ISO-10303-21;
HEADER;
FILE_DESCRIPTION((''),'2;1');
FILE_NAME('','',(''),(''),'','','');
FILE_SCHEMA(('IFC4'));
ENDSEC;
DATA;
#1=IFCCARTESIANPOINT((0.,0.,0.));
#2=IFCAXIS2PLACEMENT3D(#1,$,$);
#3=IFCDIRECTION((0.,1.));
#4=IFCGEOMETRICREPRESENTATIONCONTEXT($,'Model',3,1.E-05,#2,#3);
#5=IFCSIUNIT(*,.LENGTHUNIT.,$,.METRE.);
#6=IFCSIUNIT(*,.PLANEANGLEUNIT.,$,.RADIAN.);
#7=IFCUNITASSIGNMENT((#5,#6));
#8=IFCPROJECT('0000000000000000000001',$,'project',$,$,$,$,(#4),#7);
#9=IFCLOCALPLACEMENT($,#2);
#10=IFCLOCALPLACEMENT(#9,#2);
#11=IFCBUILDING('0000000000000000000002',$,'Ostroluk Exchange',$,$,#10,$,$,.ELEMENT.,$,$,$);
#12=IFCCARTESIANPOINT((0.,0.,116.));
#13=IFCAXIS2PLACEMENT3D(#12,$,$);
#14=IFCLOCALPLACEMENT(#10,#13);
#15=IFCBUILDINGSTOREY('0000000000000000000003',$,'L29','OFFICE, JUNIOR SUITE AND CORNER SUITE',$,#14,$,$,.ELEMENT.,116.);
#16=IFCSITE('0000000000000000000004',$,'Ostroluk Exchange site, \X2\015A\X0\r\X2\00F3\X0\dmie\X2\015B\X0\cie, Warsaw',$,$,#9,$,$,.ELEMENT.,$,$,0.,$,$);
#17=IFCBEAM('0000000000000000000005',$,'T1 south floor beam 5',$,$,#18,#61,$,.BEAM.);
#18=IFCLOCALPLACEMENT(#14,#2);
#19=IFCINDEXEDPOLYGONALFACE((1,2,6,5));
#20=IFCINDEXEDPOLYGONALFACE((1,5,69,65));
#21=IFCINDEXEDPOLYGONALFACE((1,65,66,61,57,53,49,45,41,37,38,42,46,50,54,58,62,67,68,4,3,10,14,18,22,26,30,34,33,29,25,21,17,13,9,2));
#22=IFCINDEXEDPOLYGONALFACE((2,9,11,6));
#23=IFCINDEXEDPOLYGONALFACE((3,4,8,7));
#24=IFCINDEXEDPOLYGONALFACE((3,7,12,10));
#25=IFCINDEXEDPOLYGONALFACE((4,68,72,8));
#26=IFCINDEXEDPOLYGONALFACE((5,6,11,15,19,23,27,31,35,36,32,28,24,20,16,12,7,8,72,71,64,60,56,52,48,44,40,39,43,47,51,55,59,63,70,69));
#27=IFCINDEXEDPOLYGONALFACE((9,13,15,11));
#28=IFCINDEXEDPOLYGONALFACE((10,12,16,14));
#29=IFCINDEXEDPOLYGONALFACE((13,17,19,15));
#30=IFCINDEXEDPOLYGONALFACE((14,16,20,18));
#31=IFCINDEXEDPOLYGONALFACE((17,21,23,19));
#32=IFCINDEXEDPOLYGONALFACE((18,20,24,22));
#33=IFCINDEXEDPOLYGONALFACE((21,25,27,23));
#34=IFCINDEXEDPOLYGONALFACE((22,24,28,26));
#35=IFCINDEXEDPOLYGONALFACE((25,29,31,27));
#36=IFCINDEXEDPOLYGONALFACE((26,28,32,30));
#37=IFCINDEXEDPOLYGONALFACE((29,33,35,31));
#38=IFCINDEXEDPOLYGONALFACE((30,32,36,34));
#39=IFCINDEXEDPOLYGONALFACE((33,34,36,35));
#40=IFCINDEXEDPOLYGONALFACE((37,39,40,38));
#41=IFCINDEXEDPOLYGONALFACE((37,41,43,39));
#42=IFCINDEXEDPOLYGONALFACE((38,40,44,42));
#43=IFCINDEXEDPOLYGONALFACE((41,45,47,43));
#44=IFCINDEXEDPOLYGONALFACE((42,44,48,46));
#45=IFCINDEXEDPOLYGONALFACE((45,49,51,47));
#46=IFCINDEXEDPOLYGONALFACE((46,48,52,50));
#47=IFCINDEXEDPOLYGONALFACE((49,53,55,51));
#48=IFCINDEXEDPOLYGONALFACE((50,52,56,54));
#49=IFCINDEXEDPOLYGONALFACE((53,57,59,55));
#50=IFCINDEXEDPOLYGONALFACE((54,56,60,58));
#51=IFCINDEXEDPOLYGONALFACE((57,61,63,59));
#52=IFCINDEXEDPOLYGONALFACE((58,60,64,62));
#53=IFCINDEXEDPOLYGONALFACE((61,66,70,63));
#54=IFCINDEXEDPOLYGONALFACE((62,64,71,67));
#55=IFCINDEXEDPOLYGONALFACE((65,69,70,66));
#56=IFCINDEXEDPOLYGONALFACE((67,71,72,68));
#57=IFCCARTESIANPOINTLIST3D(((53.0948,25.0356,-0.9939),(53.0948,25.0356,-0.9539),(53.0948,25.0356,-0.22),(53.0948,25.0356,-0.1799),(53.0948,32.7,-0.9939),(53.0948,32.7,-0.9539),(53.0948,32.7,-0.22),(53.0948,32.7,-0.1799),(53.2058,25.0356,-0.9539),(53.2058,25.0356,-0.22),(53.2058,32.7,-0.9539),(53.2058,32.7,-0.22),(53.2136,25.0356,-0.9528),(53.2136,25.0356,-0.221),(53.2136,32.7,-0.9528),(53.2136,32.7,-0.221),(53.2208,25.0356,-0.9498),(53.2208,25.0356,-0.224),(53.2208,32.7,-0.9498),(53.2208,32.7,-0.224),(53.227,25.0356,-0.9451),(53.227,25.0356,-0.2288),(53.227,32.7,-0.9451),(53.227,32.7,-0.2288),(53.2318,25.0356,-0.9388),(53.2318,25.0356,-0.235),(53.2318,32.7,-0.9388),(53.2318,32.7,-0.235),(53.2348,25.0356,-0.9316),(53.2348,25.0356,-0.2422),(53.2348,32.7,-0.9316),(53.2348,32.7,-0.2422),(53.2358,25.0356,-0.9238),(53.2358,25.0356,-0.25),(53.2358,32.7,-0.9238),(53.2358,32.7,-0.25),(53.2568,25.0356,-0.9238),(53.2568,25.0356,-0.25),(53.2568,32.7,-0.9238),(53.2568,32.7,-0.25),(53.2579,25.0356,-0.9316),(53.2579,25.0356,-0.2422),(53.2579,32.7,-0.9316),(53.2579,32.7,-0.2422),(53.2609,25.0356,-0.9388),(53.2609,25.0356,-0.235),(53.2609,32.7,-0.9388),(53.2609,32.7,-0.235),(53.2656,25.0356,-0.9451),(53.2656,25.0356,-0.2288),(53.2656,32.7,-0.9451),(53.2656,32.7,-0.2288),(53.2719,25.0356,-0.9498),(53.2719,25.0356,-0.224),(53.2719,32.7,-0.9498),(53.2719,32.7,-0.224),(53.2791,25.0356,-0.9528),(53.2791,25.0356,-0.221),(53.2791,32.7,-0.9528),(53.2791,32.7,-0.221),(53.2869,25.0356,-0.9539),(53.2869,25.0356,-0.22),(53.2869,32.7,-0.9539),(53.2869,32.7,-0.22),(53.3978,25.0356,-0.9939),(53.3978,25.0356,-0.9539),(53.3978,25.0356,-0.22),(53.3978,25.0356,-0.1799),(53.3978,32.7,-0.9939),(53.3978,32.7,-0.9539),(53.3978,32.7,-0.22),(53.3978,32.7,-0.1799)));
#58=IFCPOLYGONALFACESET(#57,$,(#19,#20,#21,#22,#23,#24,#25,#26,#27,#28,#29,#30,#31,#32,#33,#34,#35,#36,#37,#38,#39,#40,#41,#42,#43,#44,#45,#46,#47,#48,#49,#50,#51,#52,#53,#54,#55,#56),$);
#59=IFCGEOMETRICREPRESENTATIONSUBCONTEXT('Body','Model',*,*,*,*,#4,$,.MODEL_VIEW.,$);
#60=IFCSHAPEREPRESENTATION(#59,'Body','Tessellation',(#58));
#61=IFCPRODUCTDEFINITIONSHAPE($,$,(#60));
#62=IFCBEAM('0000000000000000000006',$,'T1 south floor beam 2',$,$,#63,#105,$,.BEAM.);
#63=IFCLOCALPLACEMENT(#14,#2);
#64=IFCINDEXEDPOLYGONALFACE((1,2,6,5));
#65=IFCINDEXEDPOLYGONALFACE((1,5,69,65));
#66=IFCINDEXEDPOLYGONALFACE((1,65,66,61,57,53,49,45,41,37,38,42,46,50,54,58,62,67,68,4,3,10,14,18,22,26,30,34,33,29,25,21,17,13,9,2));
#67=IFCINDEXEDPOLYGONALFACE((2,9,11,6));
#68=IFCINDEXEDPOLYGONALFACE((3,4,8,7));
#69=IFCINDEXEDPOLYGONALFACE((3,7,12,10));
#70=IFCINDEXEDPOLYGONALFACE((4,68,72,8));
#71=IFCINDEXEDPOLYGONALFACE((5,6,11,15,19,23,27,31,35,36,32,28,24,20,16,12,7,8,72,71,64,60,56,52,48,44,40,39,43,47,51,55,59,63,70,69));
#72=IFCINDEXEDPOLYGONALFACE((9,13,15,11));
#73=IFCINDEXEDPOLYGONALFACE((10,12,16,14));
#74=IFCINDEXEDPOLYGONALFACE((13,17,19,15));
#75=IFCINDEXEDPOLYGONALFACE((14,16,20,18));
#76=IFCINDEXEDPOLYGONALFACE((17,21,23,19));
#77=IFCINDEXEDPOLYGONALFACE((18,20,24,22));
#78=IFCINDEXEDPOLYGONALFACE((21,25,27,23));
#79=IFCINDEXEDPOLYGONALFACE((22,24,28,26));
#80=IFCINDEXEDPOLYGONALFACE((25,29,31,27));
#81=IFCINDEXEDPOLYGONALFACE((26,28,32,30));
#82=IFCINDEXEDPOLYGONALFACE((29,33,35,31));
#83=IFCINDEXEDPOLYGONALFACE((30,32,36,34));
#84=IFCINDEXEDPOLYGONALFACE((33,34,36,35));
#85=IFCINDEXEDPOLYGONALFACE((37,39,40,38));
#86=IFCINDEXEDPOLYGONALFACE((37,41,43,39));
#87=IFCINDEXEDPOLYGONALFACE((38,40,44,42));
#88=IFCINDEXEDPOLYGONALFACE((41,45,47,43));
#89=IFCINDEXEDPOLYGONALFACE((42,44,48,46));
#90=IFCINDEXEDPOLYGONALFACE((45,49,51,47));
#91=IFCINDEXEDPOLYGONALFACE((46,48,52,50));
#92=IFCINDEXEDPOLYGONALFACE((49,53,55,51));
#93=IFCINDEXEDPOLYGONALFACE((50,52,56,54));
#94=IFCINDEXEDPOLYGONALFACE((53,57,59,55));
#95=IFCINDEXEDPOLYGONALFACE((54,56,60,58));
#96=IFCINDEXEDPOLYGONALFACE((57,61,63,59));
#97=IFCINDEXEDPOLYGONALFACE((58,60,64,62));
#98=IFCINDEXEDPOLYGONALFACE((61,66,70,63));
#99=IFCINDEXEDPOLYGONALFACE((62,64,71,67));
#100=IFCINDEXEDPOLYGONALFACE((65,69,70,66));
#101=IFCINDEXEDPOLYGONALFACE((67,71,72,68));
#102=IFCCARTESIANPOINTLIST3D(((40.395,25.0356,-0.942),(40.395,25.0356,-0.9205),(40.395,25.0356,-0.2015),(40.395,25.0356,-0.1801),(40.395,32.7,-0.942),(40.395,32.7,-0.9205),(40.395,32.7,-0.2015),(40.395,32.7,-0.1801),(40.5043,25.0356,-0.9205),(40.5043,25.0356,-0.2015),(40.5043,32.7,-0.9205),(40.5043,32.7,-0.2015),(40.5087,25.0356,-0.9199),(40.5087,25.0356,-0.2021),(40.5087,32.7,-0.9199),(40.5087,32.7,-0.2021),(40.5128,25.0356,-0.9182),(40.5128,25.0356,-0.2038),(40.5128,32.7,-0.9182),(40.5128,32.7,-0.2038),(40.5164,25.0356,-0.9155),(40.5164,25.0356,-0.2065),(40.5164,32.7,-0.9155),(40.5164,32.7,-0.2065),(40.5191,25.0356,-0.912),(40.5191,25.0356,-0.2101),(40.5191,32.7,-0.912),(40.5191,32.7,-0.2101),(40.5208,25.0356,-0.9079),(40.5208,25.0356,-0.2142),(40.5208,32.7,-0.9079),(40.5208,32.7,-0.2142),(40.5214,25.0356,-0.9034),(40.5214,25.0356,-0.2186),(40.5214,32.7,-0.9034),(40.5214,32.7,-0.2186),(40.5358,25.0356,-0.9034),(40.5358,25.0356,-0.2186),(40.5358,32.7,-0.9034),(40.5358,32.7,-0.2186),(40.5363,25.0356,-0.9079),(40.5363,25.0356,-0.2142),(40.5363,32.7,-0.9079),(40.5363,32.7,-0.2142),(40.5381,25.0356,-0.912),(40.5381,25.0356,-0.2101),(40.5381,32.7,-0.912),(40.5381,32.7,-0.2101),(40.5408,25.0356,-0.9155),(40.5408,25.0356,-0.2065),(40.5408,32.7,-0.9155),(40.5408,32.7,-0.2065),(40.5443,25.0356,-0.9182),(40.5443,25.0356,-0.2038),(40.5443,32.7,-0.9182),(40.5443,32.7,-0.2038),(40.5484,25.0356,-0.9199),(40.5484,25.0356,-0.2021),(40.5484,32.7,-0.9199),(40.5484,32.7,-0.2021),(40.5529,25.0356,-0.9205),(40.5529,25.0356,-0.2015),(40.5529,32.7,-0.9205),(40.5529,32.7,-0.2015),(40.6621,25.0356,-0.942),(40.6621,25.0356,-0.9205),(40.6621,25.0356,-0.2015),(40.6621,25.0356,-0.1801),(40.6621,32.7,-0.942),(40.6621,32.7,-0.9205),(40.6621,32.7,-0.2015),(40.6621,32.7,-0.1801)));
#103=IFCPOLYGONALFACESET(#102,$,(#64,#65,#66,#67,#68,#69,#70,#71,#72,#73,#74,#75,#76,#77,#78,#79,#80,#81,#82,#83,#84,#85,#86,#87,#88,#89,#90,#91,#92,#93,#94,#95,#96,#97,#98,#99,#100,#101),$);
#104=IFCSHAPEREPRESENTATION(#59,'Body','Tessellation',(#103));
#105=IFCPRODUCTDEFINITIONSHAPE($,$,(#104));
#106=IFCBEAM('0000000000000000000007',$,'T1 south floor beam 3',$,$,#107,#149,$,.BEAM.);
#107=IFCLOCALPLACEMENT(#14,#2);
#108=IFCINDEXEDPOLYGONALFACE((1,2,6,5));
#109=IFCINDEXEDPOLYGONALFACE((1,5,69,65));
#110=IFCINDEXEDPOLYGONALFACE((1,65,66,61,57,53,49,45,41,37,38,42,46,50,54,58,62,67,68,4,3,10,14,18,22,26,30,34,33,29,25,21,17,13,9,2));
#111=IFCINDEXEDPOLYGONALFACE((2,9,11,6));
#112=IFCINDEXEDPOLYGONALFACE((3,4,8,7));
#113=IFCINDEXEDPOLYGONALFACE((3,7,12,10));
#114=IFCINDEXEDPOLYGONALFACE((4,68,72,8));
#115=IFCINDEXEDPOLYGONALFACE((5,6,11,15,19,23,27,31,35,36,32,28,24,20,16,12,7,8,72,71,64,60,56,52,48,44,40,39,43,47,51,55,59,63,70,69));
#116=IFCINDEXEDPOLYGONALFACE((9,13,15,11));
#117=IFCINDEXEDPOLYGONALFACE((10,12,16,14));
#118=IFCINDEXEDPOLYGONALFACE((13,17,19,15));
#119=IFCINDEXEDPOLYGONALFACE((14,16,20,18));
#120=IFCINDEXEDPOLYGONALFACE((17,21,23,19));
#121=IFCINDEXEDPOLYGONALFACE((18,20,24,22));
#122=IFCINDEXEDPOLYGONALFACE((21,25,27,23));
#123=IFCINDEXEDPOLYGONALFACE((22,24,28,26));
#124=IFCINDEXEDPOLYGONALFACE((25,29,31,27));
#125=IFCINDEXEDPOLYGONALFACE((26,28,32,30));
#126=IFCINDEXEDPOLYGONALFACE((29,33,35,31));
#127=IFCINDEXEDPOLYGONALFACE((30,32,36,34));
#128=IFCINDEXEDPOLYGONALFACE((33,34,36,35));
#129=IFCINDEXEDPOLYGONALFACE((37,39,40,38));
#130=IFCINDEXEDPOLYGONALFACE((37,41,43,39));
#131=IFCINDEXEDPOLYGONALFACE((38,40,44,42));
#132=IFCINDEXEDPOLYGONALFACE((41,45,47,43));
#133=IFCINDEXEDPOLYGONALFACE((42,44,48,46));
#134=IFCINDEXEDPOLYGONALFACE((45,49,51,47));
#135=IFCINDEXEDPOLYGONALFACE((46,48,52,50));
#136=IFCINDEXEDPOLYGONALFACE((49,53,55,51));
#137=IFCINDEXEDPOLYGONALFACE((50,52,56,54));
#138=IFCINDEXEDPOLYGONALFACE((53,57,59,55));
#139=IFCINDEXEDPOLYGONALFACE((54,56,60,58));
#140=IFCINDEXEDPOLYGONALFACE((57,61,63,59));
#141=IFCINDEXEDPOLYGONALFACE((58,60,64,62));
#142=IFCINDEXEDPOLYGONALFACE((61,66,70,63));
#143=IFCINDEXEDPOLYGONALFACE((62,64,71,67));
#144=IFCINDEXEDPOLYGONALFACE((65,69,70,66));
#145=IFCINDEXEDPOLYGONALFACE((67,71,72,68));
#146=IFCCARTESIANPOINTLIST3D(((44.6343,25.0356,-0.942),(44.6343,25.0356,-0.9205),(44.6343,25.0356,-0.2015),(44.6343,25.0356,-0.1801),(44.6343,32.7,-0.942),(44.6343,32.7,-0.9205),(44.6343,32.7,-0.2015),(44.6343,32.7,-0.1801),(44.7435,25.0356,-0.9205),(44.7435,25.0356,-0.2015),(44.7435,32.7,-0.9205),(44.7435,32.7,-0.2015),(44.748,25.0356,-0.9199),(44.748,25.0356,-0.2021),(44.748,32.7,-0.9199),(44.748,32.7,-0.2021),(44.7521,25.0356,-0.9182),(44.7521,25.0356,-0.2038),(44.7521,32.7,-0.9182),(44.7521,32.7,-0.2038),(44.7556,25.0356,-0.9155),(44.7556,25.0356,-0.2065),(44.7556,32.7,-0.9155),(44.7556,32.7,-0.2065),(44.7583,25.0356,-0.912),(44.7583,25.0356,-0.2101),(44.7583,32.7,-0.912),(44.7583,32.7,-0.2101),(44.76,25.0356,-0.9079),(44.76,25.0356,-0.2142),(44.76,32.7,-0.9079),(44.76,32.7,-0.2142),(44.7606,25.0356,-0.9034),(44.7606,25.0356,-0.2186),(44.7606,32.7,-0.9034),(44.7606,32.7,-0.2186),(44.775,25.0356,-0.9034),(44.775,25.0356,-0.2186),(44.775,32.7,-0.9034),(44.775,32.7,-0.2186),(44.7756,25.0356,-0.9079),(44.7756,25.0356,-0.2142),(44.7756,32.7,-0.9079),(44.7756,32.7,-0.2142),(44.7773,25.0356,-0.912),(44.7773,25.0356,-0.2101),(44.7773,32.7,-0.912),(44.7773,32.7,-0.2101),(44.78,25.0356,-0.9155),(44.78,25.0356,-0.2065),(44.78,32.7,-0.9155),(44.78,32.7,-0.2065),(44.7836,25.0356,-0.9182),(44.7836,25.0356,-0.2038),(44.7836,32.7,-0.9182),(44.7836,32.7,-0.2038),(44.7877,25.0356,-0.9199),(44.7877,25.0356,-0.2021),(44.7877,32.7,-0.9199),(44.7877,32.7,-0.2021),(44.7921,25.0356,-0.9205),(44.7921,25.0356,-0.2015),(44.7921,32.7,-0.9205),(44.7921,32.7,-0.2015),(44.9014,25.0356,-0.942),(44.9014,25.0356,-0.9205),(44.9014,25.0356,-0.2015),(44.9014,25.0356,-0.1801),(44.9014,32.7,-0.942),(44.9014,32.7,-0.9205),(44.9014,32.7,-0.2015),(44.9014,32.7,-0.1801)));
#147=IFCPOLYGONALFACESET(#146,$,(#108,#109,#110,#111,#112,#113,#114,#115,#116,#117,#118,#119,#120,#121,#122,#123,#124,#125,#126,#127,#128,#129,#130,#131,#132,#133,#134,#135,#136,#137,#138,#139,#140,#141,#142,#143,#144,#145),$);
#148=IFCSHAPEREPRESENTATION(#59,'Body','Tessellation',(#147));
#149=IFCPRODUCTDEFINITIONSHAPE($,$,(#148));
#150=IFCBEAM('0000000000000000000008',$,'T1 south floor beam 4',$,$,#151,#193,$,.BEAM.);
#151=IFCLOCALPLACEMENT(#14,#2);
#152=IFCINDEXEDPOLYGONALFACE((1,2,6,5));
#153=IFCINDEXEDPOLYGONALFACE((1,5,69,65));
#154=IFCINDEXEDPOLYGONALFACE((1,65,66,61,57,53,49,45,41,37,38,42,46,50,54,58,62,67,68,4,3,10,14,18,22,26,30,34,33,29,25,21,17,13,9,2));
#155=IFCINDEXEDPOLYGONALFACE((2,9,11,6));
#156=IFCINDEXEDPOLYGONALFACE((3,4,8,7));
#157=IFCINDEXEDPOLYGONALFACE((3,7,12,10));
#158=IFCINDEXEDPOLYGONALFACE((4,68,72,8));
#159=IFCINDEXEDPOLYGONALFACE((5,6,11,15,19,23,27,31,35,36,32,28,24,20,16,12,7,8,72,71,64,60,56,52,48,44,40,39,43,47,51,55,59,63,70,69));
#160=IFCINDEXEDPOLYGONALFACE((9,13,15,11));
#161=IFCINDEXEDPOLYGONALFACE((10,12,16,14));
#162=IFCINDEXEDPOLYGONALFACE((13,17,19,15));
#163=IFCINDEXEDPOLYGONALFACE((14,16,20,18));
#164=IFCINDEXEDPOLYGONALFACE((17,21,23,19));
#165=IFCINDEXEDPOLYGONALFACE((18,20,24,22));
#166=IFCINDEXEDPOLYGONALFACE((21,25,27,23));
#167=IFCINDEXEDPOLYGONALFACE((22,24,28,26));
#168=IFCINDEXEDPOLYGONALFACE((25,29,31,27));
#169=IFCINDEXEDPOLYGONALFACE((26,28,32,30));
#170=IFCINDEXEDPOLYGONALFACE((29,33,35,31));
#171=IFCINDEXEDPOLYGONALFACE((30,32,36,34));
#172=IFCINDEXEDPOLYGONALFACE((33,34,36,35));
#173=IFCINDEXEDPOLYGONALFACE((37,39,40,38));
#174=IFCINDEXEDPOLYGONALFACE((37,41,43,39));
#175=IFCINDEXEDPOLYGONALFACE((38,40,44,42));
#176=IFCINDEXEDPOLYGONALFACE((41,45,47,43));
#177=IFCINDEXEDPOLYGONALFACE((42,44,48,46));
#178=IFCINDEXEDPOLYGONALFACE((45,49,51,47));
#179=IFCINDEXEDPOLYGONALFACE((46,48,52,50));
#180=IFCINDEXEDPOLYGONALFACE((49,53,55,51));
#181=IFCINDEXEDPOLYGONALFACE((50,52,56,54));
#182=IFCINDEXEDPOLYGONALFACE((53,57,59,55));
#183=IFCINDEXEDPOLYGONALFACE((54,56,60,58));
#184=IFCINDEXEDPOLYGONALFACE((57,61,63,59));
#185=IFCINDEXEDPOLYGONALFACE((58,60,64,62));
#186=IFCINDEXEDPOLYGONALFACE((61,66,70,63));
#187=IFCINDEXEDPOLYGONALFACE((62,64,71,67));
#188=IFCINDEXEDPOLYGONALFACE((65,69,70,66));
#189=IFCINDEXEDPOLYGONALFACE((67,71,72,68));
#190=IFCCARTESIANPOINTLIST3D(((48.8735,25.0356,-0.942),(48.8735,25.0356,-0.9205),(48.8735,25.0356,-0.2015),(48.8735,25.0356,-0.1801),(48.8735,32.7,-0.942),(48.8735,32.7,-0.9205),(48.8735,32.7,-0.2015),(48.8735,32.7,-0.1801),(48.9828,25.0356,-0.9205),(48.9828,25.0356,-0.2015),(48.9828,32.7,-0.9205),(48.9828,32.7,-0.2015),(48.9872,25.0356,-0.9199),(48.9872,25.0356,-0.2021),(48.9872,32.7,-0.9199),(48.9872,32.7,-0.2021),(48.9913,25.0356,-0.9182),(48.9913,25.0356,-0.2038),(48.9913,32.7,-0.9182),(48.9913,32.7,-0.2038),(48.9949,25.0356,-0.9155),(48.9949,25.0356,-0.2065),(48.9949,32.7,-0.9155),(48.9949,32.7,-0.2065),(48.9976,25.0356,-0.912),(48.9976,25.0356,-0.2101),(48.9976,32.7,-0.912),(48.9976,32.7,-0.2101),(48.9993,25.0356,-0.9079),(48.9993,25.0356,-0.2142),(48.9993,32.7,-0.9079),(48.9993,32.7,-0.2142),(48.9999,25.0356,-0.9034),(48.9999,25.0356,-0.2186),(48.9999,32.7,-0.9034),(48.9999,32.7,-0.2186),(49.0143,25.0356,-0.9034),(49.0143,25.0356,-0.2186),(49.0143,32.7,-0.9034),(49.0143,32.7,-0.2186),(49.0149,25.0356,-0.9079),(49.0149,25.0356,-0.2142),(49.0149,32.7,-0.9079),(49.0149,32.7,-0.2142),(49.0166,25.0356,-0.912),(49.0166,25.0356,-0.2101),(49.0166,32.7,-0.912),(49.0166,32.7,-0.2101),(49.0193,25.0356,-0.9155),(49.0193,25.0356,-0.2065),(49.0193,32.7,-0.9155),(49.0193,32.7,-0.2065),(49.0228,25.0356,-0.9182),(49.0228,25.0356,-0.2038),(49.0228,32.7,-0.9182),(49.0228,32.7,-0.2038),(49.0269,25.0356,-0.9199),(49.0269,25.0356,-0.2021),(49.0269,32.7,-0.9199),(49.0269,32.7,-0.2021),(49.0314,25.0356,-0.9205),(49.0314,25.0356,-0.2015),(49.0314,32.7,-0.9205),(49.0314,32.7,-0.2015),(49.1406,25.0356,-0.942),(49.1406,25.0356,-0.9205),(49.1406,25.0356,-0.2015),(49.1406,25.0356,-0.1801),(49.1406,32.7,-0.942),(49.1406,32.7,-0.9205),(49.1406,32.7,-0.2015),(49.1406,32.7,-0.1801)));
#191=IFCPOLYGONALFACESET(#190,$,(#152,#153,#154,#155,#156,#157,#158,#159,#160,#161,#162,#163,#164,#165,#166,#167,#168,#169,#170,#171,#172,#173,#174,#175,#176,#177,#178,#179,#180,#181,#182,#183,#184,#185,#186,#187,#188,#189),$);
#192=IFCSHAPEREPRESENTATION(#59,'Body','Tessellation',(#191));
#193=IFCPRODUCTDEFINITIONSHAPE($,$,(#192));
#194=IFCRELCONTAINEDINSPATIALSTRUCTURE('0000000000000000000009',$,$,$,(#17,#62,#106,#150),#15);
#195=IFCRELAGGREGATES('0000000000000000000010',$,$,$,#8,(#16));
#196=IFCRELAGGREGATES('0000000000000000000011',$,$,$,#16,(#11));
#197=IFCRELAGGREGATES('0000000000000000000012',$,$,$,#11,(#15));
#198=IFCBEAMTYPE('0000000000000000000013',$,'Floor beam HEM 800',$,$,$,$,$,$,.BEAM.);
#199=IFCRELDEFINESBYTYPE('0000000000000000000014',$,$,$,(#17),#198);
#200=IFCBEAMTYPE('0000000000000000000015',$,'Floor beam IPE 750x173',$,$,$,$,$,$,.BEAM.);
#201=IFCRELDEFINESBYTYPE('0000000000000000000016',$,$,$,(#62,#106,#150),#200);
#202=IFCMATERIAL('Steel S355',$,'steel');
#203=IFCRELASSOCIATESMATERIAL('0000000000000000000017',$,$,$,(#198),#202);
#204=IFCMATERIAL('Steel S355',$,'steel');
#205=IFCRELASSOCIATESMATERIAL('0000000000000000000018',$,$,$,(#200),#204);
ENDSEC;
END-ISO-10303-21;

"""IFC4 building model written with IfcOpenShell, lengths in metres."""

from ifc_helpers import new_model, si_unit, direction, frame, origin, origin_2d, place, context, subcontext, project, spatial, i_section, extrude, material, material_profile, profile_set, type_object, element, save


model = new_model("IFC4")

# Units and contexts
model_context = context("Model", 3, precision=1e-05, world=origin(), true_north=direction((0.0, 1.0)))
body_context = subcontext(model_context, "Body", "Model", "MODEL_VIEW")
ifc_project = project(units=[si_unit("LENGTHUNIT", "METRE"), si_unit("PLANEANGLEUNIT", "RADIAN")], contexts=[model_context])

# Site, building, storey
site_placement = place(None, origin())
site = spatial("IfcSite", under=ifc_project, at=site_placement, Name="Ostroluk Exchange site, Śródmieście, Warsaw", CompositionType="ELEMENT", RefElevation=0.0)
building_placement = place(site_placement, origin())
building = spatial("IfcBuilding", under=site, at=building_placement, Name="Ostroluk Exchange", CompositionType="ELEMENT")
storey_placement = place(building_placement, frame((0.0, 0.0, 116.0)))
storey = spatial("IfcBuildingStorey", under=building, at=storey_placement, Name="L29", Description="OFFICE, JUNIOR SUITE AND CORNER SUITE", CompositionType="ELEMENT", Elevation=116.0)

# Beams
ifc_material_1 = material(Name="Steel S355", Category="steel")
ifc_material_profile_1 = material_profile(ifc_material_1, i_section(OverallWidth=0.303, OverallDepth=0.814, WebThickness=0.021, FlangeThickness=0.04, FilletRadius=0.03, at=origin_2d()), Name="HEM 800")
ifc_profile_set_1 = profile_set([ifc_material_profile_1], Name="Steel S355")
beam_type_1 = type_object("IfcBeamType", Name="Floor beam HEM 800", PredefinedType="BEAM", material=ifc_profile_set_1)
beam_placement = place(storey_placement, frame((53.2463, 32.7, -0.5869), z_axis=(0.0, -1.0, 0.0), x_axis=(1.0, 0.0, 0.0)))
element("IfcBeam", 1, at=beam_placement, inside=storey, type_object=beam_type_1, Name="T1 south floor beam 5", PredefinedType="BEAM", context=body_context, shape_type="SweptSolid", body=[
    extrude(i_section(OverallWidth=0.303, OverallDepth=0.814, WebThickness=0.021, FlangeThickness=0.04, FilletRadius=0.03, at=origin_2d()), origin(), (0.0, 0.0, 1.0), 7.6643),
])
ifc_material_2 = material(Name="Steel S355", Category="steel")
ifc_material_profile_2 = material_profile(ifc_material_2, i_section(OverallWidth=0.2671, OverallDepth=0.762, WebThickness=0.0144, FlangeThickness=0.0215, FilletRadius=0.0171, at=origin_2d()), Name="IPE 750x173")
ifc_profile_set_2 = profile_set([ifc_material_profile_2], Name="Steel S355")
beam_type_2 = type_object("IfcBeamType", Name="Floor beam IPE 750x173", PredefinedType="BEAM", material=ifc_profile_set_2)
for number, where, z_axis, x_axis, name in (
    (2, (40.5286, 32.7, -0.561), (0.0, -1.0, 0.0), (1.0, 0.0, 0.0), "T1 south floor beam 2"),
    (3, (44.7678, 32.7, -0.561), (0.0, -1.0, 0.0), (1.0, 0.0, 0.0), "T1 south floor beam 3"),
    (4, (49.0071, 32.7, -0.561), (0.0, -1.0, 0.0), (1.0, 0.0, 0.0), "T1 south floor beam 4"),
):
    element("IfcBeam", number, at=place(storey_placement, frame(where, z_axis=z_axis, x_axis=x_axis)), inside=storey, type_object=beam_type_2, Name=name, PredefinedType="BEAM", context=body_context, shape_type="SweptSolid", body=[
        extrude(i_section(OverallWidth=0.2671, OverallDepth=0.762, WebThickness=0.0144, FlangeThickness=0.0215, FilletRadius=0.0171, at=origin_2d()), origin(), (0.0, 0.0, 1.0), 7.6643),
    ])

save(model, "model.ifc")
